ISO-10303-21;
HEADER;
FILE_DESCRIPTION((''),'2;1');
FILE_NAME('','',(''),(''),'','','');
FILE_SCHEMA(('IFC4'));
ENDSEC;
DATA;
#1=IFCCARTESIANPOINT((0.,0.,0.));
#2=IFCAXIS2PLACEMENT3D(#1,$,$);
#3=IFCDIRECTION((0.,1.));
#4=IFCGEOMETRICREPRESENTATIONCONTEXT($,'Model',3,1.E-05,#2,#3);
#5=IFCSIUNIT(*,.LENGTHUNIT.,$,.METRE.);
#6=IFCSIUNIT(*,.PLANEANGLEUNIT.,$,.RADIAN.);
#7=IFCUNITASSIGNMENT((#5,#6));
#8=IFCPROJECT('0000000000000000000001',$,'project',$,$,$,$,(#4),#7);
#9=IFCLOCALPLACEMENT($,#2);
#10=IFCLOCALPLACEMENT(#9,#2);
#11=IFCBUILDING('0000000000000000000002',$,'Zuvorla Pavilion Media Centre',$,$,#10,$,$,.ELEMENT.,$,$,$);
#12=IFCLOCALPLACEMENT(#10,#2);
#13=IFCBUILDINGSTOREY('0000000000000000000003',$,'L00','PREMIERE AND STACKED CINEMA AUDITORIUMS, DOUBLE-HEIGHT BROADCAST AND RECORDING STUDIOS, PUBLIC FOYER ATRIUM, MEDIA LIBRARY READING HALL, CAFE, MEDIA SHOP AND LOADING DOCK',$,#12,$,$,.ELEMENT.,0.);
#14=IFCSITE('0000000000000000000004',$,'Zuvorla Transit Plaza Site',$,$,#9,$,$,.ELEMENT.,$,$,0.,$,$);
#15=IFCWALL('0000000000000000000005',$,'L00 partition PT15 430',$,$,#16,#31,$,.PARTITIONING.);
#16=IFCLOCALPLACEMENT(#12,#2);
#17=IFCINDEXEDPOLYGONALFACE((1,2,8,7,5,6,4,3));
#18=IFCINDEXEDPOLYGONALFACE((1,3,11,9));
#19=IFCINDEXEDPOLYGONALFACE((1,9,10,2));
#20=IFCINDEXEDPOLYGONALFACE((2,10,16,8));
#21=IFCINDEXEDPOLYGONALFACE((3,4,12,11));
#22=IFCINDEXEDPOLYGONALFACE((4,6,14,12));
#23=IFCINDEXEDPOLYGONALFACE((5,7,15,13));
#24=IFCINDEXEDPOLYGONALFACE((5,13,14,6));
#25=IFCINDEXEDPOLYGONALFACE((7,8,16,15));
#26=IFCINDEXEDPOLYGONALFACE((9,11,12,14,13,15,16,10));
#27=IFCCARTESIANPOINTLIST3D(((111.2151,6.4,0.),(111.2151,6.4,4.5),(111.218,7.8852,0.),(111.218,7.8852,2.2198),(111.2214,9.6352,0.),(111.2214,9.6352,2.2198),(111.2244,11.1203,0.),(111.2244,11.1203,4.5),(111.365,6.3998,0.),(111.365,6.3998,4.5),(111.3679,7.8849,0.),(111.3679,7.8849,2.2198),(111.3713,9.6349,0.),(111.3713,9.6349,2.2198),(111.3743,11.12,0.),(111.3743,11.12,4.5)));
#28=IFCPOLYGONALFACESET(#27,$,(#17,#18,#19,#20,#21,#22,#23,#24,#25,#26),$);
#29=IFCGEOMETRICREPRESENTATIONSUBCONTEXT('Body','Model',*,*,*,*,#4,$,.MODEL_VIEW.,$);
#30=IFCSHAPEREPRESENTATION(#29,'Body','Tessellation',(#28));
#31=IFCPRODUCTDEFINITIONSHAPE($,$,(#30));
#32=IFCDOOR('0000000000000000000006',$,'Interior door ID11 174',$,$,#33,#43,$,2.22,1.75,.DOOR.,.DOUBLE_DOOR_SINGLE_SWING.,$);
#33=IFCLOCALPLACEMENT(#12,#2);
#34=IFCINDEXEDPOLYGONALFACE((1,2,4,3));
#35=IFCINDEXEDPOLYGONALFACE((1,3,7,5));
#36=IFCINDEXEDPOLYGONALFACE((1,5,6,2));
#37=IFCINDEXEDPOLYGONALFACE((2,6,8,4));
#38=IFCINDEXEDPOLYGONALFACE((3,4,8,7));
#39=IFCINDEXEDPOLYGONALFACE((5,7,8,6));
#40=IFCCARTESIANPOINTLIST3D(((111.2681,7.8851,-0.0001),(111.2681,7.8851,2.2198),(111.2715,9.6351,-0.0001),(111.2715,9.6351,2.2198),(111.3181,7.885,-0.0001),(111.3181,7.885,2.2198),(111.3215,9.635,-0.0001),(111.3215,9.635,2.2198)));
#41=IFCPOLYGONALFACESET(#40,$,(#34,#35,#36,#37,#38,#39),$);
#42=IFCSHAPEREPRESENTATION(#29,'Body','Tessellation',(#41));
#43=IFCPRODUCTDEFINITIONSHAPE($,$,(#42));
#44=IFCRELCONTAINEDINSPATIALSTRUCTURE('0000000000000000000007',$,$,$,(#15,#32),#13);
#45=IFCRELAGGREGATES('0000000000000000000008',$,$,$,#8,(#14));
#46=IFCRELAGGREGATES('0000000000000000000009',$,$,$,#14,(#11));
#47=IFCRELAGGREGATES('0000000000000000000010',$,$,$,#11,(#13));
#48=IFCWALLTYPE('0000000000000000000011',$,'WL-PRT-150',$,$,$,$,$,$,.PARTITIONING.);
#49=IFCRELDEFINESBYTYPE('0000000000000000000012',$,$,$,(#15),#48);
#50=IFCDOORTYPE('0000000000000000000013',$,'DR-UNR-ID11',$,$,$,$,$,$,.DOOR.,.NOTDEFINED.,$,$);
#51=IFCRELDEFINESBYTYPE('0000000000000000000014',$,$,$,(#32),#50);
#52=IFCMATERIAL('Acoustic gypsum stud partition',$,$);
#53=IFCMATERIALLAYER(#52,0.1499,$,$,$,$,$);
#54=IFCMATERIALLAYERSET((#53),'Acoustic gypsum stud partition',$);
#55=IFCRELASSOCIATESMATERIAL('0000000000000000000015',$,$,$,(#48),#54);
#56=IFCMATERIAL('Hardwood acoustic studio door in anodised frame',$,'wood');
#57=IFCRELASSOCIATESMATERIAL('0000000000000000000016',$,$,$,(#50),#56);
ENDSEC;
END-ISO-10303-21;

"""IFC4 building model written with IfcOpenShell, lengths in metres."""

from ifc_helpers import new_model, si_unit, direction, frame, frame_2d, origin, place, context, subcontext, project, spatial, rectangle, extrude, material, layer, layer_set, type_object, element, fill, save


model = new_model("IFC4")

# Units and contexts
model_context = context("Model", 3, precision=1e-05, world=origin(), true_north=direction((0.0, 1.0)))
body_context = subcontext(model_context, "Body", "Model", "MODEL_VIEW")
ifc_project = project(units=[si_unit("LENGTHUNIT", "METRE"), si_unit("PLANEANGLEUNIT", "RADIAN")], contexts=[model_context])

# Site, building, storey
site_placement = place(None, origin())
site = spatial("IfcSite", under=ifc_project, at=site_placement, Name="Zuvorla Transit Plaza Site", CompositionType="ELEMENT", RefElevation=0.0)
building_placement = place(site_placement, origin())
building = spatial("IfcBuilding", under=site, at=building_placement, Name="Zuvorla Pavilion Media Centre", CompositionType="ELEMENT")
storey_placement = place(building_placement, origin())
storey = spatial("IfcBuildingStorey", under=building, at=storey_placement, Name="L00", Description="PREMIERE AND STACKED CINEMA AUDITORIUMS, DOUBLE-HEIGHT BROADCAST AND RECORDING STUDIOS, PUBLIC FOYER ATRIUM, MEDIA LIBRARY READING HALL, CAFE, MEDIA SHOP AND LOADING DOCK", CompositionType="ELEMENT", Elevation=0.0)

# Wall, opening, door
ifc_material_1 = material(Name="Acoustic gypsum stud partition")
ifc_layer_1 = layer(ifc_material_1, 0.1499)
ifc_layer_set_1 = layer_set([ifc_layer_1], Name="Acoustic gypsum stud partition")
wall_type_1 = type_object("IfcWallType", Name="WL-PRT-150", PredefinedType="PARTITIONING", material=ifc_layer_set_1)
wall_1_placement = place(storey_placement, frame((111.29, 6.3999, 0.0), z_axis=(0.0, 0.0, 1.0), x_axis=(0.001965, 0.999998, 0.0)))
wall_1 = element("IfcWall", 1, at=wall_1_placement, inside=storey, type_object=wall_type_1, Name="L00 partition PT15 430", PredefinedType="PARTITIONING", context=body_context, shape_type="SweptSolid", body=[
    extrude(rectangle(XDim=4.7202, YDim=0.1499, at=frame_2d((2.3601, 0.0))), origin(), (0.0, 0.0, 1.0), 4.5),
])
opening_1_placement = place(wall_1_placement, frame((1.4851, 0.0, 0.0)))
opening_1 = element("IfcOpeningElement", 2, at=opening_1_placement, cuts=wall_1, PredefinedType="OPENING", context=body_context, shape_type="SweptSolid", body=[
    extrude(rectangle(XDim=1.75, YDim=2.22, at=frame_2d((0.875, 1.1099))), frame((0.0, 0.085, 0.0), z_axis=(0.0, -1.0, 0.0), x_axis=(1.0, 0.0, 0.0)), (0.0, 0.0, 1.0), 0.1699),
])
ifc_material_2 = material(Name="Hardwood acoustic studio door in anodised frame", Category="wood")
door_type_1 = type_object("IfcDoorType", Name="DR-UNR-ID11", OperationType="NOTDEFINED", PredefinedType="DOOR", material=ifc_material_2)
door_1_placement = place(opening_1_placement, origin())
door_1 = element("IfcDoor", 3, at=door_1_placement, inside=storey, type_object=door_type_1, Name="Interior door ID11 174", OperationType="DOUBLE_DOOR_SINGLE_SWING", OverallHeight=2.22, OverallWidth=1.75, PredefinedType="DOOR", context=body_context, shape_type="SweptSolid", body=[
    extrude(rectangle(XDim=1.75, YDim=2.22, at=frame_2d((0.875, 1.1099))), frame((0.0, 0.0249, 0.0), z_axis=(0.0, -1.0, 0.0), x_axis=(1.0, 0.0, 0.0)), (0.0, 0.0, 1.0), 0.05),
])
fill(opening_1, door_1)

save(model, "model.ifc")
